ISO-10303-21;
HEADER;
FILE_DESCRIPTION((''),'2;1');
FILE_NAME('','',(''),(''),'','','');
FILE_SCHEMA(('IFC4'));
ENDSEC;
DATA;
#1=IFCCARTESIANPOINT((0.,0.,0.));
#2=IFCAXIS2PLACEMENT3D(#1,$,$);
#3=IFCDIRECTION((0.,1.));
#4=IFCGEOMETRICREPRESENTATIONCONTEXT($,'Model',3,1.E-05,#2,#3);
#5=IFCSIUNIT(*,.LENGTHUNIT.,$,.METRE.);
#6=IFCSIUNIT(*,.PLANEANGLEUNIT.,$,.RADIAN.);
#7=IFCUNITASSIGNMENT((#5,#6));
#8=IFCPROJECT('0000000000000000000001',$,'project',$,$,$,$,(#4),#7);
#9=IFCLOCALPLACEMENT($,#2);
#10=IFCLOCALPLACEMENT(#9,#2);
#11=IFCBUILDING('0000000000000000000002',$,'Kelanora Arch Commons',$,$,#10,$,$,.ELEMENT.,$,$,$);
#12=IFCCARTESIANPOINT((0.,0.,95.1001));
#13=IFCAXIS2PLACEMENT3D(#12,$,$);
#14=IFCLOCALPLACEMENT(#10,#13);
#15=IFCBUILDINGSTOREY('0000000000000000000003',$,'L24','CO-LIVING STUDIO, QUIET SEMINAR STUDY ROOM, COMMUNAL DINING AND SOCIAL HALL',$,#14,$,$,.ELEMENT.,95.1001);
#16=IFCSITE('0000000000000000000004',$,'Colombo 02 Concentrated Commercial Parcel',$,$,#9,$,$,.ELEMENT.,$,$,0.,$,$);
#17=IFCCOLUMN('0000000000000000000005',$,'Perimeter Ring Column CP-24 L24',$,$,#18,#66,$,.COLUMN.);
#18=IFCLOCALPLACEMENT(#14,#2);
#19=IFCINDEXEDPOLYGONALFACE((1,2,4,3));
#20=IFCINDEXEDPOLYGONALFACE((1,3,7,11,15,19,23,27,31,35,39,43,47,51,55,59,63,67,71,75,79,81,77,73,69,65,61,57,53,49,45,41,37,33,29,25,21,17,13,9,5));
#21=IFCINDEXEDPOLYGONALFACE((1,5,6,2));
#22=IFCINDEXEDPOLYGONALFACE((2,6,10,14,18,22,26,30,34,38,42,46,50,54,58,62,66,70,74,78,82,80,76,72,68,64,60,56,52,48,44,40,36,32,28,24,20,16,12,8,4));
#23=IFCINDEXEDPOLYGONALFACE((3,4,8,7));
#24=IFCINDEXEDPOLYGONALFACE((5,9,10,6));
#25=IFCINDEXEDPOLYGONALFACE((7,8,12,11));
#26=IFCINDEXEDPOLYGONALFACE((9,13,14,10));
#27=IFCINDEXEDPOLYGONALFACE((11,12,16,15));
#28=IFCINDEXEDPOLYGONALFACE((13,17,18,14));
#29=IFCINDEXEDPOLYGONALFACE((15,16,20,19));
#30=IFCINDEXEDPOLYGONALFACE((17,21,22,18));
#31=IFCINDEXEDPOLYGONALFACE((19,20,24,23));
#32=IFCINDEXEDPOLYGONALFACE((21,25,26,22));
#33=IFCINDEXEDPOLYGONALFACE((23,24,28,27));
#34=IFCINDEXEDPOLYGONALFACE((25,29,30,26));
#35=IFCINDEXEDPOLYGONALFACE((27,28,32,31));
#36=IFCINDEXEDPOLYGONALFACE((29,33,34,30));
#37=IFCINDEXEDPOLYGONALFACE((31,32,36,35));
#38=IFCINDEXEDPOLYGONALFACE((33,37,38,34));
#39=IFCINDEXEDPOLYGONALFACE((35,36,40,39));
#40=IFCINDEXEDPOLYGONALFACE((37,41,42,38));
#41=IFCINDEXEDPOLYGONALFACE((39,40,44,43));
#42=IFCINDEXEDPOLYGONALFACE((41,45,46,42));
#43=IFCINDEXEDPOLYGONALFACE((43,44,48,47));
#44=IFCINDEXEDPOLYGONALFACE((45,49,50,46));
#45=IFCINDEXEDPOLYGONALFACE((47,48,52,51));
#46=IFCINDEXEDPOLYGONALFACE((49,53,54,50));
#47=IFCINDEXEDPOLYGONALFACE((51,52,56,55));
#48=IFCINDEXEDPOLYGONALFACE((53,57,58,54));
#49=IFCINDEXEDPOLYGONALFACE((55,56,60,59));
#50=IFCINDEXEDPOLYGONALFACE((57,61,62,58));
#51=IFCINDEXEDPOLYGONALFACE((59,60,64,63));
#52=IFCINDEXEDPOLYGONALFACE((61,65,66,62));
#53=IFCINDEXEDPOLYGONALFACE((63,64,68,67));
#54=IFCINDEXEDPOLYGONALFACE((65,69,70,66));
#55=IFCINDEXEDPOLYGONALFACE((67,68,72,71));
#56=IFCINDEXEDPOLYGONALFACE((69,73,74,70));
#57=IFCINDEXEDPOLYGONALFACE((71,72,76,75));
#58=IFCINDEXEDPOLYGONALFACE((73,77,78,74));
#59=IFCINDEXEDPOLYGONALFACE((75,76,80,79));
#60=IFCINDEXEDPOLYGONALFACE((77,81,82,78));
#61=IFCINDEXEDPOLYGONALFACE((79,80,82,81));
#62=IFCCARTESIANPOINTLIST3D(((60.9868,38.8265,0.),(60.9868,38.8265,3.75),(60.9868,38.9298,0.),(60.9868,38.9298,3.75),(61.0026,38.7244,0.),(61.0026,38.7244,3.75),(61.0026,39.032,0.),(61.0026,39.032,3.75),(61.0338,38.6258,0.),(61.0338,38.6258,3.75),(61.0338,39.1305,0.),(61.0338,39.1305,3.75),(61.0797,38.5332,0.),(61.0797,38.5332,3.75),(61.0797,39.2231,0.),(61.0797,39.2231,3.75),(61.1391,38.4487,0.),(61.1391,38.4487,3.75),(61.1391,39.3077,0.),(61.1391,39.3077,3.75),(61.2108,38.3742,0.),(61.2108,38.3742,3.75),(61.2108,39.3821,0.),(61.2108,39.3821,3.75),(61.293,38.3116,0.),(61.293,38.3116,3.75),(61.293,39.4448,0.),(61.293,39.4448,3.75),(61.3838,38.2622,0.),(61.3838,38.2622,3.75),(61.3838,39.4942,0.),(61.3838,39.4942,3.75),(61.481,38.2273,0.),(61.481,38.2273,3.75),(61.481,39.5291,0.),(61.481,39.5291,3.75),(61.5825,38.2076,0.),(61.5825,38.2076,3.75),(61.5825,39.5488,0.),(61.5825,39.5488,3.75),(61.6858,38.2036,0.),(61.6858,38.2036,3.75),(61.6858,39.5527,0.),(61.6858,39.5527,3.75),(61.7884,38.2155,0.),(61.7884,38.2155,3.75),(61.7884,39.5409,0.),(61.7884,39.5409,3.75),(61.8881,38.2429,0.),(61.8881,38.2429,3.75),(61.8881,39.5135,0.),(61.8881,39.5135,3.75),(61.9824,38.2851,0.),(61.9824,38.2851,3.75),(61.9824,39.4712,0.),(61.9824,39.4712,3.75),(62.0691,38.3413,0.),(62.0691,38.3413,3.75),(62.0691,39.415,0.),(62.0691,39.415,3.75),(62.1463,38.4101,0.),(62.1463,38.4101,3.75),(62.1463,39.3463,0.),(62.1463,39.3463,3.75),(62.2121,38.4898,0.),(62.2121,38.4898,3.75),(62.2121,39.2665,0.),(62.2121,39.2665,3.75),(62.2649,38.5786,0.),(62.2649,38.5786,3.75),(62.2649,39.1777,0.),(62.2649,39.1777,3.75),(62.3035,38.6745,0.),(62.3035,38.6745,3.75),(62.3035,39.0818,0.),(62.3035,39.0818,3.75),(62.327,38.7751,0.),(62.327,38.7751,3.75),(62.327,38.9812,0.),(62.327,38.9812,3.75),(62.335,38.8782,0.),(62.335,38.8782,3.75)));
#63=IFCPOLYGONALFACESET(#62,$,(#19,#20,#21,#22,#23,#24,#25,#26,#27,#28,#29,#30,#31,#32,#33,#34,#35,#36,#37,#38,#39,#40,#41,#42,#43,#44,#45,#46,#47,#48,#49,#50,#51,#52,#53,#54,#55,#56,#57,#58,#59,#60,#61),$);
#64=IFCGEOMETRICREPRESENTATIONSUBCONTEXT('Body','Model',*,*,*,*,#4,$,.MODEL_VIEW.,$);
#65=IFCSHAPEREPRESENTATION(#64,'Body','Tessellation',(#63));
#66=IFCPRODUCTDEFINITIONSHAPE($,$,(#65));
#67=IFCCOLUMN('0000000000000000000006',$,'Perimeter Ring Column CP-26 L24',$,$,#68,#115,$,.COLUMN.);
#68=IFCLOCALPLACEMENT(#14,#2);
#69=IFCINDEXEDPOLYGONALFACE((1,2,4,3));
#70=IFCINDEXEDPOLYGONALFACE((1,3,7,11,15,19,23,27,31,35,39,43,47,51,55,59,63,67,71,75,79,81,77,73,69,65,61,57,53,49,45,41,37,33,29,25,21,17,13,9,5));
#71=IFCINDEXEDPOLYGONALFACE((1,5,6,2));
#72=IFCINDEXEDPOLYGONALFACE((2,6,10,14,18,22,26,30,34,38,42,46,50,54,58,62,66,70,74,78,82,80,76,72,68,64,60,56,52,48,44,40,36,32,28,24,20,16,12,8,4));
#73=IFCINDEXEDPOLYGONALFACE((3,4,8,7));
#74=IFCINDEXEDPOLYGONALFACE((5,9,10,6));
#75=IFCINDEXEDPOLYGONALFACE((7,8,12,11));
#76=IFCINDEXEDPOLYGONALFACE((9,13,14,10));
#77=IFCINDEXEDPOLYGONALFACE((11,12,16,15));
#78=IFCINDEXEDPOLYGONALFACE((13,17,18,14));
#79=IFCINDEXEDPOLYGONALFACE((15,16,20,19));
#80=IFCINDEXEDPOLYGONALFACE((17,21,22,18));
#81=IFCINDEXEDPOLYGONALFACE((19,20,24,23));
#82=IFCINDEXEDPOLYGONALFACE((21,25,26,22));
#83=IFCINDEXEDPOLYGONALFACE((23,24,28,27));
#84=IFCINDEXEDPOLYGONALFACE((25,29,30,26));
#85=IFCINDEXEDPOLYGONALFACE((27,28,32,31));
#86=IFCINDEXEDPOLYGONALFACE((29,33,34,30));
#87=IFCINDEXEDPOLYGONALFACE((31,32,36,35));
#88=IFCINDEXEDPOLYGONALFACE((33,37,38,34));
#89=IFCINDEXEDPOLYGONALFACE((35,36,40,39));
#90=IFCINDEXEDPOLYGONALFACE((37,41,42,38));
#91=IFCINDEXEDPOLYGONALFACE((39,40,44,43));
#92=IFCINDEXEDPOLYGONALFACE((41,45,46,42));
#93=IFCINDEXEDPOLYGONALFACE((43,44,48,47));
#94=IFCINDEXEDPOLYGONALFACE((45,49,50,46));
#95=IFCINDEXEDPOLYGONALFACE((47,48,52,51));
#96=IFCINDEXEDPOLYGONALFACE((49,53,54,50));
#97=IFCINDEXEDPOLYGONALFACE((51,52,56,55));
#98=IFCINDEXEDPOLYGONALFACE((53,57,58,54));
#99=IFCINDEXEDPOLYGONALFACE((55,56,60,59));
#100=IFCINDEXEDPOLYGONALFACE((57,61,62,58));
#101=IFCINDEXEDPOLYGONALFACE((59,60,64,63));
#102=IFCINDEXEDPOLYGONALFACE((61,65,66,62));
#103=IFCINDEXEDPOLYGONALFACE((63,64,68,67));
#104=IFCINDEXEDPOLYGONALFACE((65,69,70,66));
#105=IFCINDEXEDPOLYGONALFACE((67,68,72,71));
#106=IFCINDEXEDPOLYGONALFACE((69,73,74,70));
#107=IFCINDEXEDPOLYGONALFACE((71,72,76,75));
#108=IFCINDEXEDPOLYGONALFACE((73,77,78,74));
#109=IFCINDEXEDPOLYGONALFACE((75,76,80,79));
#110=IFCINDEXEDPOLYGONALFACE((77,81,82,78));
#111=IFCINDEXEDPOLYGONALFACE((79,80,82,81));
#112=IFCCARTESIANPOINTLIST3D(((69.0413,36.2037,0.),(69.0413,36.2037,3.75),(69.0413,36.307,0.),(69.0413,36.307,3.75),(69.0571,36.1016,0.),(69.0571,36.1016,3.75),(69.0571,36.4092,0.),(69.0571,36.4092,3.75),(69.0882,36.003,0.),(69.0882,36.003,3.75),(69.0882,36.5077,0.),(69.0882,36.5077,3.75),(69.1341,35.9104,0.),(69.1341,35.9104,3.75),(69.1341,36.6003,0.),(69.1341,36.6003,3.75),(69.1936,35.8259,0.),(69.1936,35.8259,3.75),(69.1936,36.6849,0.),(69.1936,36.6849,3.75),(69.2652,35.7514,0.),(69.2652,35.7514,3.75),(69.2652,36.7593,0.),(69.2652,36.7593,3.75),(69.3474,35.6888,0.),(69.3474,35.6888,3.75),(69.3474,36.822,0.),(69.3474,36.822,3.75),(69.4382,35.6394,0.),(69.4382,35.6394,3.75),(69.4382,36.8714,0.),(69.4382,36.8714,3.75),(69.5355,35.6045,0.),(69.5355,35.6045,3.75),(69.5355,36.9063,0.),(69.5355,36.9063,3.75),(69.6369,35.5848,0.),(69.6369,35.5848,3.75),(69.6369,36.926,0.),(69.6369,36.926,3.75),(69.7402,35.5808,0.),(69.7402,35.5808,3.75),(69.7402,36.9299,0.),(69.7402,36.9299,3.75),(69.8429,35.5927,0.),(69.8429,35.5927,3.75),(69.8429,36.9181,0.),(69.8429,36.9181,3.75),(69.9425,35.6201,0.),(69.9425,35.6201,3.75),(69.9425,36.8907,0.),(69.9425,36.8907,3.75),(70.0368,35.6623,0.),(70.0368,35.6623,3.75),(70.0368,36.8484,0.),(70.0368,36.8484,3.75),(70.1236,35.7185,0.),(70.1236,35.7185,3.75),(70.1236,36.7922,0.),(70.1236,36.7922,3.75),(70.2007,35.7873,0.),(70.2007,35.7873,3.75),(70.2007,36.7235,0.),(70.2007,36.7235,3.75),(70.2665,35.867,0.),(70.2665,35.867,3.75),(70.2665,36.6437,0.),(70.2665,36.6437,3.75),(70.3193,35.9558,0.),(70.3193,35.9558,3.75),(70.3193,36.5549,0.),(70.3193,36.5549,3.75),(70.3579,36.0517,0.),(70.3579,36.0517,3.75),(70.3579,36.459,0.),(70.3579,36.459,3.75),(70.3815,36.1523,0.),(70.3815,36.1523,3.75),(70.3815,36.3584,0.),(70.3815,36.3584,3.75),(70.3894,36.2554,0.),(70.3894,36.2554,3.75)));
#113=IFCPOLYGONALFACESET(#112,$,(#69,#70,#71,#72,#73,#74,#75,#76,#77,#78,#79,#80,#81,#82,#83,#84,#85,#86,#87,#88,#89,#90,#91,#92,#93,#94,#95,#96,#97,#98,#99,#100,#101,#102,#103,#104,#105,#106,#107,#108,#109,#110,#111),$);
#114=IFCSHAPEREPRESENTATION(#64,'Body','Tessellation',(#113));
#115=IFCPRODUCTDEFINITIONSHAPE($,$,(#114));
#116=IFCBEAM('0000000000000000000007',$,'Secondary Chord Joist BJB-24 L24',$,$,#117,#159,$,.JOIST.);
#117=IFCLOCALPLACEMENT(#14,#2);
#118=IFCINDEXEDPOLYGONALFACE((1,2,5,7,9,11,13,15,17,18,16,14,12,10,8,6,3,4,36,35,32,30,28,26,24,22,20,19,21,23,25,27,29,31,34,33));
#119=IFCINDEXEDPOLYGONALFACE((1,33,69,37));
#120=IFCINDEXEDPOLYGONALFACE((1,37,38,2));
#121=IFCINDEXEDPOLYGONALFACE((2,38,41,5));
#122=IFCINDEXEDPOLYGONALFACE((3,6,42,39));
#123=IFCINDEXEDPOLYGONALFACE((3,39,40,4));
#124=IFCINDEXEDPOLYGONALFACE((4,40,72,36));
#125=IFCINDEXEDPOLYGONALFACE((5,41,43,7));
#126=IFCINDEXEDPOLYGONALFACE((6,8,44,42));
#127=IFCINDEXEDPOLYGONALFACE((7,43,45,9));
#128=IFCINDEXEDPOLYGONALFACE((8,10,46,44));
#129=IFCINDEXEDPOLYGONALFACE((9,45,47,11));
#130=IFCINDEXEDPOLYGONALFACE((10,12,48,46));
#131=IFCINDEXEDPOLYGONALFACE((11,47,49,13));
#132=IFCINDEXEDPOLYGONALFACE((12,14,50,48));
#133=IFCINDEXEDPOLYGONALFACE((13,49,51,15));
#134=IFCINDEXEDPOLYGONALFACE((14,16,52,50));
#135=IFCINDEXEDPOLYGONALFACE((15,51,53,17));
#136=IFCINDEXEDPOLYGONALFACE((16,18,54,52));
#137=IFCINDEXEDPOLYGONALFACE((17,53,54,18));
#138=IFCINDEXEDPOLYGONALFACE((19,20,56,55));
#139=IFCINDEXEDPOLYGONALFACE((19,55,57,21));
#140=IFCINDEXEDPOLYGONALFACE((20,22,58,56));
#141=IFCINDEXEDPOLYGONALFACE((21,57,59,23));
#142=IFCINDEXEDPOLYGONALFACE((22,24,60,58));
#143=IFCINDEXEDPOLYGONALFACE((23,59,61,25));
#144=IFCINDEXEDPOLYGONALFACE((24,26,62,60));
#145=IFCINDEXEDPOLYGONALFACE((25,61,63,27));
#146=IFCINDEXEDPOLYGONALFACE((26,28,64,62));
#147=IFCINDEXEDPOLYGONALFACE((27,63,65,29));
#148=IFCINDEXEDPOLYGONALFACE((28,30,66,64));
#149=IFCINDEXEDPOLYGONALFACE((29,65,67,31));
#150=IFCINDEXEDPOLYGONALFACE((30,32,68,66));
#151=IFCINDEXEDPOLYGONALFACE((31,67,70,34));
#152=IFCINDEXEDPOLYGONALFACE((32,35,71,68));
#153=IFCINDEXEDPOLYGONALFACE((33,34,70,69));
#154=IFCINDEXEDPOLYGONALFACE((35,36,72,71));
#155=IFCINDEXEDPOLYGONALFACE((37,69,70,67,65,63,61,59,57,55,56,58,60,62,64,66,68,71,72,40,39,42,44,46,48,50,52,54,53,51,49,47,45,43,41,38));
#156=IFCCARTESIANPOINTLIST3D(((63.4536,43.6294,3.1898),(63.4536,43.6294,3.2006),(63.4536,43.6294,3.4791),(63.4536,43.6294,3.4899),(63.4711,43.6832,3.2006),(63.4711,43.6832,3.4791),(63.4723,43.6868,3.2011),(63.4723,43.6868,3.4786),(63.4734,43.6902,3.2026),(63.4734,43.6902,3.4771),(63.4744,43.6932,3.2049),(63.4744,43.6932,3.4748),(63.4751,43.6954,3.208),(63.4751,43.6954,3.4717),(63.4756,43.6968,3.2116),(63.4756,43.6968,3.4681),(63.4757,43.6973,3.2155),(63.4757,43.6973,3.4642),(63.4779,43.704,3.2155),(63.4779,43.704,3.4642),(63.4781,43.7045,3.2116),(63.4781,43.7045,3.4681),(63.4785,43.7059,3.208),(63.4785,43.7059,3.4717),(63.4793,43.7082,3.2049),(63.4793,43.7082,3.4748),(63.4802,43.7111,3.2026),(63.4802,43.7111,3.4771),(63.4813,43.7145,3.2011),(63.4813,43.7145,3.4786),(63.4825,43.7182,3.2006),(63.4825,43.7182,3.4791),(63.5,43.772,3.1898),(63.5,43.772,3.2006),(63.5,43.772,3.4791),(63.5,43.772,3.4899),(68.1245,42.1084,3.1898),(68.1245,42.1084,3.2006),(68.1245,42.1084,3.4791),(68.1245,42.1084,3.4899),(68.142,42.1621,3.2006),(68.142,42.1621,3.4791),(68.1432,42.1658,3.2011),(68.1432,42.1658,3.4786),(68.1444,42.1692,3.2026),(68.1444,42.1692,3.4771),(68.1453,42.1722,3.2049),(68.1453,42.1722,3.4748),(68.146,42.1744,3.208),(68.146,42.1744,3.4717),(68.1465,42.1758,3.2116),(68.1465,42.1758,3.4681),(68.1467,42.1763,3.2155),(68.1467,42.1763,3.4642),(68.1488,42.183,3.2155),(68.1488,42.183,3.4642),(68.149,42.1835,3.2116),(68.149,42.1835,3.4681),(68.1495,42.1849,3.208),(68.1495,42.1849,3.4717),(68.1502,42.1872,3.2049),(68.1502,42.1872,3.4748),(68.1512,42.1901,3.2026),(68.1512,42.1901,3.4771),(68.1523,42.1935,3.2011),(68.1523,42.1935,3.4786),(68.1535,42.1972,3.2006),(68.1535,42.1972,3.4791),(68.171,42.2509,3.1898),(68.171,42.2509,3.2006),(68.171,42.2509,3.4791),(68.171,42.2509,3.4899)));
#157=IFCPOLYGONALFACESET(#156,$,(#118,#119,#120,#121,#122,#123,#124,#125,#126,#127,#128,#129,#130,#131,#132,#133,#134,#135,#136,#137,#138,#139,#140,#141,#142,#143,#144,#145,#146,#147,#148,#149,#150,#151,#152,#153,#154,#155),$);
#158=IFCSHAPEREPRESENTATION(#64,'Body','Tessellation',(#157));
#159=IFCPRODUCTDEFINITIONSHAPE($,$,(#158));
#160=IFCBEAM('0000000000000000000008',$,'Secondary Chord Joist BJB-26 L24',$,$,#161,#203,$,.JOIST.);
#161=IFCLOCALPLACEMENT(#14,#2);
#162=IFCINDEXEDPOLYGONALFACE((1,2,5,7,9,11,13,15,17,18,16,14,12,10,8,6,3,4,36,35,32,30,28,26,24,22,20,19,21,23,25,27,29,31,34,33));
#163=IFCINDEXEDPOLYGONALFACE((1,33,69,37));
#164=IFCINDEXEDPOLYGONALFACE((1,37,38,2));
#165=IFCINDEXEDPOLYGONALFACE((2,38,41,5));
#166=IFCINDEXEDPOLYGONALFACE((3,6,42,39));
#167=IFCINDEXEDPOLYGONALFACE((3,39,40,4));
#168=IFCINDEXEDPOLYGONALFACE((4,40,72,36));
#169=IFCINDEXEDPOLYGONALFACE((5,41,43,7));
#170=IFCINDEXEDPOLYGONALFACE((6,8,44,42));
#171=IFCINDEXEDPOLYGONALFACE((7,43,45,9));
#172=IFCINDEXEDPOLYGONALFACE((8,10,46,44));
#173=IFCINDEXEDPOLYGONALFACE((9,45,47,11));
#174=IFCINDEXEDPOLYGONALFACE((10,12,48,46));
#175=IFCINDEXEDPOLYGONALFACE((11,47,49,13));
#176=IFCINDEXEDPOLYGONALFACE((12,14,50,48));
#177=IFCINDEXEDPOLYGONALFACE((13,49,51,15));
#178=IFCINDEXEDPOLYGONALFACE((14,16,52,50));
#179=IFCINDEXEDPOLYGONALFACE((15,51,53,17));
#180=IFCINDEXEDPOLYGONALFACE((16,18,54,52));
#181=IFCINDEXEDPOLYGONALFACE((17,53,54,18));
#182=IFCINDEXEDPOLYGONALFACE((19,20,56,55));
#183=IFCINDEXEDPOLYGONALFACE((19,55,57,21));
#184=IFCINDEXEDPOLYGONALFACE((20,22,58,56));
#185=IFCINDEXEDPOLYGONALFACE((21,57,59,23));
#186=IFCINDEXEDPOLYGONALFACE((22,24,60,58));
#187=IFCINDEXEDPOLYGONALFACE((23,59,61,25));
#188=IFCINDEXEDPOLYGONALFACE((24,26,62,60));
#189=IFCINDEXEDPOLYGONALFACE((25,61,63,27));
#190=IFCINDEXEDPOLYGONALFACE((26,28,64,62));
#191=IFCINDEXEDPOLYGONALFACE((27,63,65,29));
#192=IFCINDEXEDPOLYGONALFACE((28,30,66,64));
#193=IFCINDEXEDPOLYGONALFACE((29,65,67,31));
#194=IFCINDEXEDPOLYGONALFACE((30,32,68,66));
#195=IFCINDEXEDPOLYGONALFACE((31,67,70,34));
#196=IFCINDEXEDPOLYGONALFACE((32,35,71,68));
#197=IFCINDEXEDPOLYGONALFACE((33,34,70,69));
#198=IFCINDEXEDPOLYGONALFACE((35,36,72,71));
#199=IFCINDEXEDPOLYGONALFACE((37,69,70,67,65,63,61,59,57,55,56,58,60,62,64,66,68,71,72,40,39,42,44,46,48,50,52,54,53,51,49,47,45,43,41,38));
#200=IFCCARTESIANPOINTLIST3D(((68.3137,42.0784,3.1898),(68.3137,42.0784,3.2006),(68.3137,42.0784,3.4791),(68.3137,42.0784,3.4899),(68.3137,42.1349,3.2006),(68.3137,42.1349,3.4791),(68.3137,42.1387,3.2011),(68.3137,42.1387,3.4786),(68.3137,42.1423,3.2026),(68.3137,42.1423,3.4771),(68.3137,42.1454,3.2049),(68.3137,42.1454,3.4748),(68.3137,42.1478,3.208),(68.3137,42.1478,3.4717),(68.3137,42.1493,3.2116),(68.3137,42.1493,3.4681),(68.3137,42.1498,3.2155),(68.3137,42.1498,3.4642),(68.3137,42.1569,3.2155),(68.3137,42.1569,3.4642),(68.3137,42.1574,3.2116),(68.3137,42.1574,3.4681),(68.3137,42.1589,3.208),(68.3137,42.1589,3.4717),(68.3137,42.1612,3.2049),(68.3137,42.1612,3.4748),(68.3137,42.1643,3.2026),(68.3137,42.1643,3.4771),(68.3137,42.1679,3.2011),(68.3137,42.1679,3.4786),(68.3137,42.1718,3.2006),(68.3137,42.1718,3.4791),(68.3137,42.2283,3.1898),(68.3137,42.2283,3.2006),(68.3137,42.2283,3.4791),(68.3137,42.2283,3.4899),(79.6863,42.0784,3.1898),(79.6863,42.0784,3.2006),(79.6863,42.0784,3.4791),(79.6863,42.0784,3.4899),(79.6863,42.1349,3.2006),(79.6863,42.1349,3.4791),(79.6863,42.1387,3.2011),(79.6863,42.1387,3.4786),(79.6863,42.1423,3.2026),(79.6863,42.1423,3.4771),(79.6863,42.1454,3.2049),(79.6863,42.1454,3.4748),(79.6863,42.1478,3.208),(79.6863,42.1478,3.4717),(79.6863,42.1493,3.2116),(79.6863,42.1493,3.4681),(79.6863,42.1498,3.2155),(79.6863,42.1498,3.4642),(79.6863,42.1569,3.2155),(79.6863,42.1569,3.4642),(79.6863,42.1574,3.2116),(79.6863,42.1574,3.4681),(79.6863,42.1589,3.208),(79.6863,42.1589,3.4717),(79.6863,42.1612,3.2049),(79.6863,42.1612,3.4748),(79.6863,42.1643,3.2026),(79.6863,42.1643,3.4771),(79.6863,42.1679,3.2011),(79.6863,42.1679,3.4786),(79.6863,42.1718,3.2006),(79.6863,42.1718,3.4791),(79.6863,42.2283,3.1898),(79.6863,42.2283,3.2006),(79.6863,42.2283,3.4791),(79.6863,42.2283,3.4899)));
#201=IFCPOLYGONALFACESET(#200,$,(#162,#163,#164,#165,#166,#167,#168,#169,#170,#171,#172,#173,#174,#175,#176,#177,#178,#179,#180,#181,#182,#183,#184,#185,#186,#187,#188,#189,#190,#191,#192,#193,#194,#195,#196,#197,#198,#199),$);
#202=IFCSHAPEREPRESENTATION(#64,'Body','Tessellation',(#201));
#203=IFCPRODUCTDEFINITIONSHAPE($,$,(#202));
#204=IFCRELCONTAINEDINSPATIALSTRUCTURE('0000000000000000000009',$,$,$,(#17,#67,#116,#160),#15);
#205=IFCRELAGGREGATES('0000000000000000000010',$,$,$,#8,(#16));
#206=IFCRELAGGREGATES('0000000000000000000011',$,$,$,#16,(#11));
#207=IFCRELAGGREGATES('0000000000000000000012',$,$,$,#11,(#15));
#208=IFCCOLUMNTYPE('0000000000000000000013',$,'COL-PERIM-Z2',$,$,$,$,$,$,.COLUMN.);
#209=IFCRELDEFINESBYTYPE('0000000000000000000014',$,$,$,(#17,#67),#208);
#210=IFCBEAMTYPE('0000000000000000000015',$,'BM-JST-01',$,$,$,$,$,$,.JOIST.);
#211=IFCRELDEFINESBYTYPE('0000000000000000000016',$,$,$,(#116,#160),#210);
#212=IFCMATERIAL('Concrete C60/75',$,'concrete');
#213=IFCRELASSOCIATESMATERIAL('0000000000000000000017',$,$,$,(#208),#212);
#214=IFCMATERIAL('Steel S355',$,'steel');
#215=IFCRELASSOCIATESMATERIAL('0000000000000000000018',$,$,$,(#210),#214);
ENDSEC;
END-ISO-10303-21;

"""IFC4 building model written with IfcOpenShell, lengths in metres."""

from ifc_helpers import new_model, si_unit, direction, frame, origin, origin_2d, place, context, subcontext, project, spatial, circle, i_section, extrude, material, material_profile, profile_set, type_object, element, save


model = new_model("IFC4")

# Units and contexts
model_context = context("Model", 3, precision=1e-05, world=origin(), true_north=direction((0.0, 1.0)))
body_context = subcontext(model_context, "Body", "Model", "MODEL_VIEW")
ifc_project = project(units=[si_unit("LENGTHUNIT", "METRE"), si_unit("PLANEANGLEUNIT", "RADIAN")], contexts=[model_context])

# Site, building, storey
site_placement = place(None, origin())
site = spatial("IfcSite", under=ifc_project, at=site_placement, Name="Colombo 02 Concentrated Commercial Parcel", CompositionType="ELEMENT", RefElevation=0.0)
building_placement = place(site_placement, origin())
building = spatial("IfcBuilding", under=site, at=building_placement, Name="Kelanora Arch Commons", CompositionType="ELEMENT")
storey_placement = place(building_placement, frame((0.0, 0.0, 95.1001)))
storey = spatial("IfcBuildingStorey", under=building, at=storey_placement, Name="L24", Description="CO-LIVING STUDIO, QUIET SEMINAR STUDY ROOM, COMMUNAL DINING AND SOCIAL HALL", CompositionType="ELEMENT", Elevation=95.1001)

# Columns
ifc_material_1 = material(Name="Concrete C60/75", Category="concrete")
ifc_material_profile_1 = material_profile(ifc_material_1, circle(Radius=0.675, at=origin_2d()), Name="RCC1350")
ifc_profile_set_1 = profile_set([ifc_material_profile_1], Name="Concrete C60/75")
column_type = type_object("IfcColumnType", Name="COL-PERIM-Z2", PredefinedType="COLUMN", material=ifc_profile_set_1)
for number, where, z_axis, x_axis, name in (
    (1, (61.6599, 38.8782, 0.0), (0.0, 0.0, 1.0), (1.0, 0.0, 0.0), "Perimeter Ring Column CP-24 L24"),
    (2, (69.7144, 36.2554, 0.0), (0.0, 0.0, 1.0), (1.0, 0.0, 0.0), "Perimeter Ring Column CP-26 L24"),
):
    element("IfcColumn", number, at=place(storey_placement, frame(where, z_axis=z_axis, x_axis=x_axis)), inside=storey, type_object=column_type, Name=name, PredefinedType="COLUMN", context=body_context, shape_type="SweptSolid", body=[
        extrude(circle(Radius=0.675, at=origin_2d()), origin(), (0.0, 0.0, 1.0), 3.75),
    ])

# Beams
ifc_material_2 = material(Name="Steel S355", Category="steel")
ifc_material_profile_2 = material_profile(ifc_material_2, i_section(OverallWidth=0.1499, OverallDepth=0.3, WebThickness=0.0071, FlangeThickness=0.0107, FilletRadius=0.0149, at=origin_2d()), Name="IPE300")
ifc_profile_set_2 = profile_set([ifc_material_profile_2], Name="Steel S355")
beam_type_1 = type_object("IfcBeamType", Name="BM-JST-01", PredefinedType="JOIST", material=ifc_profile_set_2)
beam_1_placement = place(storey_placement, frame((63.4768, 43.7007, 3.3398), z_axis=(0.950857, -0.30963, 0.0), x_axis=(0.30963, 0.950857, 0.0)))
element("IfcBeam", 3, at=beam_1_placement, inside=storey, type_object=beam_type_1, Name="Secondary Chord Joist BJB-24 L24", PredefinedType="JOIST", context=body_context, shape_type="SweptSolid", body=[
    extrude(i_section(OverallWidth=0.1499, OverallDepth=0.3, WebThickness=0.0071, FlangeThickness=0.0107, FilletRadius=0.0149, at=origin_2d()), origin(), (0.0, 0.0, 1.0), 4.9124),
])
beam_2_placement = place(storey_placement, frame((68.3137, 42.1533, 3.3398), z_axis=(1.0, 0.0, 0.0), x_axis=(0.0, 1.0, 0.0)))
element("IfcBeam", 4, at=beam_2_placement, inside=storey, type_object=beam_type_1, Name="Secondary Chord Joist BJB-26 L24", PredefinedType="JOIST", context=body_context, shape_type="SweptSolid", body=[
    extrude(i_section(OverallWidth=0.1499, OverallDepth=0.3, WebThickness=0.0071, FlangeThickness=0.0107, FilletRadius=0.0149, at=origin_2d()), origin(), (0.0, 0.0, 1.0), 11.3726),
])

save(model, "model.ifc")
